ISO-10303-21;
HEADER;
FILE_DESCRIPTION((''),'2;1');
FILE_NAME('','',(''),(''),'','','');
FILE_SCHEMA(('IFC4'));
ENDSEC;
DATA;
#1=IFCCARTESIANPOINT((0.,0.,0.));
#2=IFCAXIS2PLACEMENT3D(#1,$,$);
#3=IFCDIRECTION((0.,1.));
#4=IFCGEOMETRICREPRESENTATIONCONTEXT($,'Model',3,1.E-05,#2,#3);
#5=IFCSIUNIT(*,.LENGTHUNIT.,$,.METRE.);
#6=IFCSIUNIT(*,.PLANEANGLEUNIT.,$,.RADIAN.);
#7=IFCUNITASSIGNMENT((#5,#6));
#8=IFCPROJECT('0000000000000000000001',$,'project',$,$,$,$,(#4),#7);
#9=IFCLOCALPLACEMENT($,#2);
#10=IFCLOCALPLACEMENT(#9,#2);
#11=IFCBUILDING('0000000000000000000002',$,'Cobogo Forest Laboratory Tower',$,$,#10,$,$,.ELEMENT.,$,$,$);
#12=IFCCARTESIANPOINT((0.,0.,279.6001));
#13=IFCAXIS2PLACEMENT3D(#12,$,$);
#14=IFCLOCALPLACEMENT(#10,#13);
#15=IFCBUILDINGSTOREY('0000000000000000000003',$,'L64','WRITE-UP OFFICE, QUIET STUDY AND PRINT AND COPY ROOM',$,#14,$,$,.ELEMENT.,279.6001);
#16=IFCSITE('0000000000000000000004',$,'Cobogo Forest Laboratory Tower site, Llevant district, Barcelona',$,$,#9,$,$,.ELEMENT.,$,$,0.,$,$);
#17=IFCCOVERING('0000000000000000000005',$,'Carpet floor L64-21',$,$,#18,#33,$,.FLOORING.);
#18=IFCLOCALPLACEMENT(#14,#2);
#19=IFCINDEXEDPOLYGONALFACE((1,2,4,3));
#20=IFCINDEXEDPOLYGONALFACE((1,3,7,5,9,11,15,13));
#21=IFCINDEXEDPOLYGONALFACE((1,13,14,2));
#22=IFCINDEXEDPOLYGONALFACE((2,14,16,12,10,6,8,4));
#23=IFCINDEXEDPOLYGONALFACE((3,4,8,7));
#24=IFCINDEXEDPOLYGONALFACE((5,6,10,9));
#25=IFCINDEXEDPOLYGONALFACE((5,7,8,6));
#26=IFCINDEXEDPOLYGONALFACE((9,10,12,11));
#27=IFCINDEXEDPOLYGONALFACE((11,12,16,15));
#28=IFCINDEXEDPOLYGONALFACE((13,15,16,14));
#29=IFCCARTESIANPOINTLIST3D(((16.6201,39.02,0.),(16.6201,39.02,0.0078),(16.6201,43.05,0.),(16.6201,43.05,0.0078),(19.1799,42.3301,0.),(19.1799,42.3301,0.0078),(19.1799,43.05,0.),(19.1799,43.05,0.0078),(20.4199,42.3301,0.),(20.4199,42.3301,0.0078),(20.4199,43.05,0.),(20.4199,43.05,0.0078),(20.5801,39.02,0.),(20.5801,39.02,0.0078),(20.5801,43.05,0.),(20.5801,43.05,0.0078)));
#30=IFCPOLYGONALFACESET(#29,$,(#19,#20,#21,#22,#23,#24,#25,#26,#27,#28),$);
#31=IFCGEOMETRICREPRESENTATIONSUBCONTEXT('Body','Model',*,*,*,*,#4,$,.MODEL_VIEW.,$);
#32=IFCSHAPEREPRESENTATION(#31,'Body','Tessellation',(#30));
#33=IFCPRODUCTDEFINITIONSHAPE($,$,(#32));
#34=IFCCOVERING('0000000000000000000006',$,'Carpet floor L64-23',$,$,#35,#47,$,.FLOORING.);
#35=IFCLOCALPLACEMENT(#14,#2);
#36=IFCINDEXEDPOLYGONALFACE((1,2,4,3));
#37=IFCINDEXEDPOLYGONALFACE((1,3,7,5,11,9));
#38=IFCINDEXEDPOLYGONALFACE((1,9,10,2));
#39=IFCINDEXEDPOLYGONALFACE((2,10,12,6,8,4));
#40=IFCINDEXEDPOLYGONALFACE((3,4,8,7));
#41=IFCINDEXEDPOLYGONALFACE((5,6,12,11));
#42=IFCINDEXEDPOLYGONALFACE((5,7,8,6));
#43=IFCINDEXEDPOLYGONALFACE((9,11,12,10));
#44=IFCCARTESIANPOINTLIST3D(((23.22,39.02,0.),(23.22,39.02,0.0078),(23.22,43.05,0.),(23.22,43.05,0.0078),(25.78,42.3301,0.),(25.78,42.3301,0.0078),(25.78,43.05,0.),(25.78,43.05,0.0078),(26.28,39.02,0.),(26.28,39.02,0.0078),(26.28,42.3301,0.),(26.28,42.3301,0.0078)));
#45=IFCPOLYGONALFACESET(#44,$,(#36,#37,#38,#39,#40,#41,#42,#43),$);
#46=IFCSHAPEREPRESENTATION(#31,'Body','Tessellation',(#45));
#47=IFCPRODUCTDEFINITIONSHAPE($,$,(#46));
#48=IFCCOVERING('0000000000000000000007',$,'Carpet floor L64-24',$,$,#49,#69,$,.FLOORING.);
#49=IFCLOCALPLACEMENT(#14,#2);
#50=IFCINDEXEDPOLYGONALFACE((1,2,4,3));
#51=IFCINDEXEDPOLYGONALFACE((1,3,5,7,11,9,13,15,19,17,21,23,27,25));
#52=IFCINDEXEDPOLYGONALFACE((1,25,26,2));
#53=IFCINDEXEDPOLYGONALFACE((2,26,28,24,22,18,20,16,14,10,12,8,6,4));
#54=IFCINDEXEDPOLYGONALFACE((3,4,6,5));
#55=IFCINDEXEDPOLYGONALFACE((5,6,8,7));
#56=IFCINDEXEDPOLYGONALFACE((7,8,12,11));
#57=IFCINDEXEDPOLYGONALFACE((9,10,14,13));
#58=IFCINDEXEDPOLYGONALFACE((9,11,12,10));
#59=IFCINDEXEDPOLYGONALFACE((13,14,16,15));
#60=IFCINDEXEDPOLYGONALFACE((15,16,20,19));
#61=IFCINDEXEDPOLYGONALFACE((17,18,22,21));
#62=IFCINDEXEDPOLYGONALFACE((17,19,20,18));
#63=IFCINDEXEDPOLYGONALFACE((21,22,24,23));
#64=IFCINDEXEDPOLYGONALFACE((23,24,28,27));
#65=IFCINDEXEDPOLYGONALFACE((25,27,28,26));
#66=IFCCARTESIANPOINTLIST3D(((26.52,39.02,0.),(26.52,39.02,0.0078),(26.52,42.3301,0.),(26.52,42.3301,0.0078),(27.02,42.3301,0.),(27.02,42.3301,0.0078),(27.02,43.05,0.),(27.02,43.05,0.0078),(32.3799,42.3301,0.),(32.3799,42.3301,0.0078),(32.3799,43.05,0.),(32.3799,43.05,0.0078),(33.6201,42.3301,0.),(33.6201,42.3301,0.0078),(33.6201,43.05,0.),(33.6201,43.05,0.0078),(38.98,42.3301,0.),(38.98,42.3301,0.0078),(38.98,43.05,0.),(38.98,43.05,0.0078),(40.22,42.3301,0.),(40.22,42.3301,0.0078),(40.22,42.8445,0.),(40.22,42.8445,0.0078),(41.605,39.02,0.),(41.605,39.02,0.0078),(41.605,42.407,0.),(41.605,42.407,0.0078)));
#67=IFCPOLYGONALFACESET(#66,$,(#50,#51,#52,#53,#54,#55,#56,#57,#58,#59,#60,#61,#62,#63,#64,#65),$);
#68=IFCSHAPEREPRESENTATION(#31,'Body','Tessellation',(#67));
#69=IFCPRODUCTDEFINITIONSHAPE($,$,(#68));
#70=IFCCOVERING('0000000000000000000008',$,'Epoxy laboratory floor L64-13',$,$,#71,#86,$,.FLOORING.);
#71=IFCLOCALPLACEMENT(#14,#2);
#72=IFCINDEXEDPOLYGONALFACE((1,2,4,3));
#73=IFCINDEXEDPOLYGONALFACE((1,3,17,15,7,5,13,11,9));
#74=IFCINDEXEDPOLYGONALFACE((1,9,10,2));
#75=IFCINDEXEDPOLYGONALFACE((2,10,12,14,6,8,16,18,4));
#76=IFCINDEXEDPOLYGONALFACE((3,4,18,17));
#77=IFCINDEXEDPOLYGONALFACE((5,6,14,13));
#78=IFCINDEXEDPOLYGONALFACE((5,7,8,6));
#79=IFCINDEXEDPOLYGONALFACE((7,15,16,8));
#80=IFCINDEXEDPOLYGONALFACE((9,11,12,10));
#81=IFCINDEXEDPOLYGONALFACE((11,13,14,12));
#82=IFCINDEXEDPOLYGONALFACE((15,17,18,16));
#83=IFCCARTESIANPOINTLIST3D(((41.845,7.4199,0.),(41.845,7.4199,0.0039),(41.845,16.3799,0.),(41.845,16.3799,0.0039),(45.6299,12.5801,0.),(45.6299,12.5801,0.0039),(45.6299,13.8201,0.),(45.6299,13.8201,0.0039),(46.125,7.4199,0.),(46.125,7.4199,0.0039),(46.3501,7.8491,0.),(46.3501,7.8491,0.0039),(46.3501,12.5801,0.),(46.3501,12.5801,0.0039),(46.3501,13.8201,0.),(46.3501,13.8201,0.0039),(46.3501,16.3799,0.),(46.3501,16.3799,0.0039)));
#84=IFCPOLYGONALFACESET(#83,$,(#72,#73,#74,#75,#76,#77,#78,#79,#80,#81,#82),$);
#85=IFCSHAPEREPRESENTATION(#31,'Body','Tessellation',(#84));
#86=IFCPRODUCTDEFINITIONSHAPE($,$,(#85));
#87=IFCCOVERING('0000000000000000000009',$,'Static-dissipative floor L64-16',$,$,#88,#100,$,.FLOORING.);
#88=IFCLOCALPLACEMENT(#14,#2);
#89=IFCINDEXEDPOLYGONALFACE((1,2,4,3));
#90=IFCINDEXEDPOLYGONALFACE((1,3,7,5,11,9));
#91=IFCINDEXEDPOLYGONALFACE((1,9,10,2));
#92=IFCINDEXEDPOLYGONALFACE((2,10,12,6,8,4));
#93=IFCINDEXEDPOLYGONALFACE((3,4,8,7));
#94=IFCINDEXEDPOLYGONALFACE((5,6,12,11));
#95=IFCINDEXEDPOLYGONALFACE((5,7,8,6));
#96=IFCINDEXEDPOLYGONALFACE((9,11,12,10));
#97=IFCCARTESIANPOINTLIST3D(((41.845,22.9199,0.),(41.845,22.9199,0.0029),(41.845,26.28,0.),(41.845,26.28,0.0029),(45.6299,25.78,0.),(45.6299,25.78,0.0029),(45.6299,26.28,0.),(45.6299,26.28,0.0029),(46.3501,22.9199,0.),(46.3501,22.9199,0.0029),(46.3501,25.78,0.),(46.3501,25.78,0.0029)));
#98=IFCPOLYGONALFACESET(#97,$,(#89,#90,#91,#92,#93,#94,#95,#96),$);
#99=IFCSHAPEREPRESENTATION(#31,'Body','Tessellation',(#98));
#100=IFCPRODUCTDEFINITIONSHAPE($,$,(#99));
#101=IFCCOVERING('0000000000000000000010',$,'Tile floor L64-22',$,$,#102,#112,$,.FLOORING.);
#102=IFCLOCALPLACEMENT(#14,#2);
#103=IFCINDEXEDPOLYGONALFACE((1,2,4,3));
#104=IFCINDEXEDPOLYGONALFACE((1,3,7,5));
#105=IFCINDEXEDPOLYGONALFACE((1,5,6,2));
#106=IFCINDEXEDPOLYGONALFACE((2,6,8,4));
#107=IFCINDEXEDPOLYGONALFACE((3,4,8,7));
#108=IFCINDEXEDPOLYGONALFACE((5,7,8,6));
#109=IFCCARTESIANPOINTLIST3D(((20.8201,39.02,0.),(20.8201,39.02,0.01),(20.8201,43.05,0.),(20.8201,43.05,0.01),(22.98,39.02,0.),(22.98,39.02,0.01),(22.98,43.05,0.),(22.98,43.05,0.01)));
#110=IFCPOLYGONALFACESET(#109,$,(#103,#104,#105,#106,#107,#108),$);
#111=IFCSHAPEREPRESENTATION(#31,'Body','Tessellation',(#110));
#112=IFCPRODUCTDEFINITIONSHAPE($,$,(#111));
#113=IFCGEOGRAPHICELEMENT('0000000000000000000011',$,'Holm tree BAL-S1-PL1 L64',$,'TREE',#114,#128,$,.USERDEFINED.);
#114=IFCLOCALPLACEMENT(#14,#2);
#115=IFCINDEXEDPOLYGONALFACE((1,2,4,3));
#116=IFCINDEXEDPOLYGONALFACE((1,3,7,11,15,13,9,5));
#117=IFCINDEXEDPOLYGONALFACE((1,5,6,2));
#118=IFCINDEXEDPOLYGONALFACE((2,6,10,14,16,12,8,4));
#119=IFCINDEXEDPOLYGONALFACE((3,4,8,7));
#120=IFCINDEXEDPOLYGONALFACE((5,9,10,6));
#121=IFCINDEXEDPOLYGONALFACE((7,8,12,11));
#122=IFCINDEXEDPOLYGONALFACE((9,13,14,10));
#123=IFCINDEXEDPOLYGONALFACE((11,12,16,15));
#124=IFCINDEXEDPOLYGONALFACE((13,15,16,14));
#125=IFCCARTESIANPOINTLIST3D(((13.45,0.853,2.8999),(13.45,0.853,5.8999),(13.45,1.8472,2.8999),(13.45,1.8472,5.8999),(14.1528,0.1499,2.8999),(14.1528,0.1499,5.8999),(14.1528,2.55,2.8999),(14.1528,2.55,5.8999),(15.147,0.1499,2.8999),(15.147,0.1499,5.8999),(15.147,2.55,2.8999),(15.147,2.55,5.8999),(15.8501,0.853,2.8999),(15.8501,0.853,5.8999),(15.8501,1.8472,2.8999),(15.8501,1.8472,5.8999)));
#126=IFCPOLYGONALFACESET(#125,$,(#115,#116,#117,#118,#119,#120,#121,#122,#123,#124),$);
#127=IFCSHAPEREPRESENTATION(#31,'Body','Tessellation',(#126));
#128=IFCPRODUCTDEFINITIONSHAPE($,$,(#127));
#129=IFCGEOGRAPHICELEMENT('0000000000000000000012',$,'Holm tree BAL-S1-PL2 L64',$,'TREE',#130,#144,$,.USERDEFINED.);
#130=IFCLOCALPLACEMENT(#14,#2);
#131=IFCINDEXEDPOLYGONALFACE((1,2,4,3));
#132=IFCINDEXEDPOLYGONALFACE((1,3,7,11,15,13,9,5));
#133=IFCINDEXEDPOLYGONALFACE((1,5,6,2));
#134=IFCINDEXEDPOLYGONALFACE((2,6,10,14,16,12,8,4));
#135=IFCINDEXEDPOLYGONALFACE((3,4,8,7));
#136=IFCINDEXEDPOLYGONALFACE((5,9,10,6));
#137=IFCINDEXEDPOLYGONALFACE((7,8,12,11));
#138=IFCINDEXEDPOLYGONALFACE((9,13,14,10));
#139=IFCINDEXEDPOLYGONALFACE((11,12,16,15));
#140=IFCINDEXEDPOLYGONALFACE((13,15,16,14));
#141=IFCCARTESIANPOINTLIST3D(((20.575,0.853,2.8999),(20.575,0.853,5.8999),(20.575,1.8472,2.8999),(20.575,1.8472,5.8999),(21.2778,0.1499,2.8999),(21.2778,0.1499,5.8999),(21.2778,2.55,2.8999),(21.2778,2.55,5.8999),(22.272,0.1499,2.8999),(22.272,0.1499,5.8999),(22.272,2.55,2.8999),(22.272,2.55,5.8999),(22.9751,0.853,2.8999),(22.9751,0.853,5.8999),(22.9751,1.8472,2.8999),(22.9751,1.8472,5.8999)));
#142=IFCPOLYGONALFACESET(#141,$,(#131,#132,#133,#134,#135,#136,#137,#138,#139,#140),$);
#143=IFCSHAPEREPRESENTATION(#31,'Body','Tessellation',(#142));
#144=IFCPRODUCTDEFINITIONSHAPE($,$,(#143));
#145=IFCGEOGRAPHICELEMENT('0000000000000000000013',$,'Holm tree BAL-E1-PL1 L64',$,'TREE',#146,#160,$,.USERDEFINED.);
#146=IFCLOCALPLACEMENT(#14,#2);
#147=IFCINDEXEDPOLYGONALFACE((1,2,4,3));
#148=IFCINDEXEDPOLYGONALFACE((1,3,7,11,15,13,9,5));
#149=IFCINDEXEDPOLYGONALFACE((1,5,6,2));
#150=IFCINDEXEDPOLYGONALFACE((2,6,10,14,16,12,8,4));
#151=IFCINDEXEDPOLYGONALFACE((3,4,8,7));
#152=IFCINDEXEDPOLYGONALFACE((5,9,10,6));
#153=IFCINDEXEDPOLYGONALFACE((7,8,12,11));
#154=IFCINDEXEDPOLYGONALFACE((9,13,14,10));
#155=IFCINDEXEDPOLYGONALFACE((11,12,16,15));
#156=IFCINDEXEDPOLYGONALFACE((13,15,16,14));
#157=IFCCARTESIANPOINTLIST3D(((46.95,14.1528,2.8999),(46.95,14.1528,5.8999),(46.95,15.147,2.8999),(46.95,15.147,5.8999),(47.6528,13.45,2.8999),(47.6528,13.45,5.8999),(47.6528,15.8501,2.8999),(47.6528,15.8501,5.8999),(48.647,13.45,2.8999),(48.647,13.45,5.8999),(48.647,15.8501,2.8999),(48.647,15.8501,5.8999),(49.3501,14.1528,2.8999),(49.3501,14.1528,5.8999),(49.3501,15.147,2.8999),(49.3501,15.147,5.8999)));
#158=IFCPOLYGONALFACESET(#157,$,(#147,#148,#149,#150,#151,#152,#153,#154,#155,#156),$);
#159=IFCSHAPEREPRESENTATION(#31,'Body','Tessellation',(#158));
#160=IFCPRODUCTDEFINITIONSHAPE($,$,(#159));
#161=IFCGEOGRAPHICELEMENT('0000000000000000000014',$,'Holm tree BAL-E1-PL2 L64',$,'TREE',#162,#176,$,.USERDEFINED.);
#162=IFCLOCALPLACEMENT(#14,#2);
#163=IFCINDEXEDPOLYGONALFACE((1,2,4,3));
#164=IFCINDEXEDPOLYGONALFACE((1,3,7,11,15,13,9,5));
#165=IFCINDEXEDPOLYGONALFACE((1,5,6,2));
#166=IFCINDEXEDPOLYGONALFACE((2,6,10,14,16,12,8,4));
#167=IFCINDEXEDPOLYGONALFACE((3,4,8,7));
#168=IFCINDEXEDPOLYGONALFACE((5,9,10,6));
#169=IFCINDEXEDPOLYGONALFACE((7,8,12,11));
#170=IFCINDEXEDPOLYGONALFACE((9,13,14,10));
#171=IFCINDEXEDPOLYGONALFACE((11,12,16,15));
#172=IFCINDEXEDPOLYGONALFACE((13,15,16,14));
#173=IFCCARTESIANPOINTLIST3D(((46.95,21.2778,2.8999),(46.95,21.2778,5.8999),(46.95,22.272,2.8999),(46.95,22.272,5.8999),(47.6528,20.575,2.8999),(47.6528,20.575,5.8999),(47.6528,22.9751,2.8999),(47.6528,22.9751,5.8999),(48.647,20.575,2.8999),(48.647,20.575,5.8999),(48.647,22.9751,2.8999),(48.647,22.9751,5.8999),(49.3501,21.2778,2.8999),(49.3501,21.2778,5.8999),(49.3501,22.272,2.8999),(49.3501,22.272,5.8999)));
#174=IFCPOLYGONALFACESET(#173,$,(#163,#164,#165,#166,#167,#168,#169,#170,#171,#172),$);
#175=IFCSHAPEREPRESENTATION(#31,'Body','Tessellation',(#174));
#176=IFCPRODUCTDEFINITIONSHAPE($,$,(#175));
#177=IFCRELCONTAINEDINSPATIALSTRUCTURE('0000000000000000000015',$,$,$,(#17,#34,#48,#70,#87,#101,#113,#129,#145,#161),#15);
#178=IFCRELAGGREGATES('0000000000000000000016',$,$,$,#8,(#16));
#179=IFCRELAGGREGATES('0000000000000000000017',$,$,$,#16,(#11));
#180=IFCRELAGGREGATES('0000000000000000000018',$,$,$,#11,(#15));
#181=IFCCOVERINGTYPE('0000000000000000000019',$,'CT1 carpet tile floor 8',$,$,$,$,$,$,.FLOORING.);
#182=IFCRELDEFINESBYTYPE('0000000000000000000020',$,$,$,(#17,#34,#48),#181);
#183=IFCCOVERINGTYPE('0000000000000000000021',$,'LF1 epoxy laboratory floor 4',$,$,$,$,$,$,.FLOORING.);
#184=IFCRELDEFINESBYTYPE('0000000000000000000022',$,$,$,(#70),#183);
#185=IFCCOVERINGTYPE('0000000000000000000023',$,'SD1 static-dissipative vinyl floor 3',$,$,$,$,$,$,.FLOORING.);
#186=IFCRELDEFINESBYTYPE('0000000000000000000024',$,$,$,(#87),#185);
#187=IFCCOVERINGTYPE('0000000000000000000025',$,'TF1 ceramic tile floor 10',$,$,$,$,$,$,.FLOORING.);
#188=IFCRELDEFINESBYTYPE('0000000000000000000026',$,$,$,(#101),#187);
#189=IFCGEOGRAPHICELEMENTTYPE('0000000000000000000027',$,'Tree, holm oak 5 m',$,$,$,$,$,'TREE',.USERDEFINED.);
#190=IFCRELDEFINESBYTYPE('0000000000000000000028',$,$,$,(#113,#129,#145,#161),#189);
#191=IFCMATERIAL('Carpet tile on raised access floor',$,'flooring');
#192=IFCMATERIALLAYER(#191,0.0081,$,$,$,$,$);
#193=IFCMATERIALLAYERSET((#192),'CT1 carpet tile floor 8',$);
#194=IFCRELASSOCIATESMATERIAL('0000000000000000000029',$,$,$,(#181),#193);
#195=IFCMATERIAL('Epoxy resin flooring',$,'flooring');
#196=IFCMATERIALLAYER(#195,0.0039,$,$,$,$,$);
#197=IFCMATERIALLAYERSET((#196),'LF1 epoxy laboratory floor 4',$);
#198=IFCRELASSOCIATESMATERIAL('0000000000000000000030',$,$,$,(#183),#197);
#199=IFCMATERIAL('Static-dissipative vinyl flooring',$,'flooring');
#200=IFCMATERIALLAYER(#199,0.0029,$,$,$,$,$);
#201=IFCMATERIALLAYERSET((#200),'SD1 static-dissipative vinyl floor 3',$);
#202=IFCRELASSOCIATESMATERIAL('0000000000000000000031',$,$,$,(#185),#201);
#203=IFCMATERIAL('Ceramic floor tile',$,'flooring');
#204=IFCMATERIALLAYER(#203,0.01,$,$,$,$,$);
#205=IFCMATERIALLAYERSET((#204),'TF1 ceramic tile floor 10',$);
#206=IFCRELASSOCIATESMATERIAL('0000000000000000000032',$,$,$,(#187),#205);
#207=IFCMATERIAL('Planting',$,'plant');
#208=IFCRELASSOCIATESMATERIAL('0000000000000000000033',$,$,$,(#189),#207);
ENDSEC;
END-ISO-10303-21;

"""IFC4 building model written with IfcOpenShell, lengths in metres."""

from ifc_helpers import new_model, si_unit, direction, frame, origin, place, context, subcontext, project, spatial, polyline, outline, extrude, material, layer, layer_set, type_object, element, save


model = new_model("IFC4")

# Units and contexts
model_context = context("Model", 3, precision=1e-05, world=origin(), true_north=direction((0.0, 1.0)))
body_context = subcontext(model_context, "Body", "Model", "MODEL_VIEW")
ifc_project = project(units=[si_unit("LENGTHUNIT", "METRE"), si_unit("PLANEANGLEUNIT", "RADIAN")], contexts=[model_context])

# Site, building, storey
site_placement = place(None, origin())
site = spatial("IfcSite", under=ifc_project, at=site_placement, Name="Cobogo Forest Laboratory Tower site, Llevant district, Barcelona", CompositionType="ELEMENT", RefElevation=0.0)
building_placement = place(site_placement, origin())
building = spatial("IfcBuilding", under=site, at=building_placement, Name="Cobogo Forest Laboratory Tower", CompositionType="ELEMENT")
storey_placement = place(building_placement, frame((0.0, 0.0, 279.6001)))
storey = spatial("IfcBuildingStorey", under=building, at=storey_placement, Name="L64", Description="WRITE-UP OFFICE, QUIET STUDY AND PRINT AND COPY ROOM", CompositionType="ELEMENT", Elevation=279.6001)

# Coverings
ifc_material_1 = material(Name="Carpet tile on raised access floor", Category="flooring")
ifc_layer_1 = layer(ifc_material_1, 0.0081)
ifc_layer_set_1 = layer_set([ifc_layer_1], Name="CT1 carpet tile floor 8")
covering_type_1 = type_object("IfcCoveringType", Name="CT1 carpet tile floor 8", PredefinedType="FLOORING", material=ifc_layer_set_1)
covering_1_placement = place(storey_placement, origin())
element("IfcCovering", 1, at=covering_1_placement, inside=storey, type_object=covering_type_1, Name="Carpet floor L64-21", PredefinedType="FLOORING", context=body_context, shape_type="SweptSolid", body=[
    extrude(outline(polyline([(16.6201, 39.02), (16.6201, 43.05), (19.1799, 43.05), (19.1799, 42.3301), (20.4199, 42.3301), (20.4199, 43.05), (20.5801, 43.05), (20.5801, 39.02), (16.6201, 39.02)])), origin(), (0.0, 0.0, 1.0), 0.0078),
])
covering_2_placement = place(storey_placement, origin())
element("IfcCovering", 2, at=covering_2_placement, inside=storey, type_object=covering_type_1, Name="Carpet floor L64-23", PredefinedType="FLOORING", context=body_context, shape_type="SweptSolid", body=[
    extrude(outline(polyline([(23.22, 39.02), (23.22, 43.05), (25.78, 43.05), (25.78, 42.3301), (26.28, 42.3301), (26.28, 39.02), (23.22, 39.02)])), origin(), (0.0, 0.0, 1.0), 0.0078),
])
covering_3_placement = place(storey_placement, origin())
element("IfcCovering", 3, at=covering_3_placement, inside=storey, type_object=covering_type_1, Name="Carpet floor L64-24", PredefinedType="FLOORING", context=body_context, shape_type="SweptSolid", body=[
    extrude(outline(polyline([(26.52, 39.02), (26.52, 42.3301), (27.02, 42.3301), (27.02, 43.05), (32.3799, 43.05), (32.3799, 42.3301), (33.6201, 42.3301), (33.6201, 43.05), (38.98, 43.05), (38.98, 42.3301), (40.22, 42.3301), (40.22, 42.8445), (41.605, 42.407), (41.605, 39.02), (26.52, 39.02)])), origin(), (0.0, 0.0, 1.0), 0.0078),
])
ifc_material_2 = material(Name="Epoxy resin flooring", Category="flooring")
ifc_layer_2 = layer(ifc_material_2, 0.0039)
ifc_layer_set_2 = layer_set([ifc_layer_2], Name="LF1 epoxy laboratory floor 4")
covering_type_2 = type_object("IfcCoveringType", Name="LF1 epoxy laboratory floor 4", PredefinedType="FLOORING", material=ifc_layer_set_2)
covering_4_placement = place(storey_placement, origin())
element("IfcCovering", 4, at=covering_4_placement, inside=storey, type_object=covering_type_2, Name="Epoxy laboratory floor L64-13", PredefinedType="FLOORING", context=body_context, shape_type="SweptSolid", body=[
    extrude(outline(polyline([(41.845, 16.3799), (46.3501, 16.3799), (46.3501, 13.8201), (45.6299, 13.8201), (45.6299, 12.5801), (46.3501, 12.5801), (46.3501, 7.8491), (46.125, 7.4199), (41.845, 7.4199), (41.845, 16.3799)])), origin(), (0.0, 0.0, 1.0), 0.0039),
])
ifc_material_3 = material(Name="Static-dissipative vinyl flooring", Category="flooring")
ifc_layer_3 = layer(ifc_material_3, 0.0029)
ifc_layer_set_3 = layer_set([ifc_layer_3], Name="SD1 static-dissipative vinyl floor 3")
covering_type_3 = type_object("IfcCoveringType", Name="SD1 static-dissipative vinyl floor 3", PredefinedType="FLOORING", material=ifc_layer_set_3)
covering_5_placement = place(storey_placement, origin())
element("IfcCovering", 5, at=covering_5_placement, inside=storey, type_object=covering_type_3, Name="Static-dissipative floor L64-16", PredefinedType="FLOORING", context=body_context, shape_type="SweptSolid", body=[
    extrude(outline(polyline([(41.845, 26.28), (45.6299, 26.28), (45.6299, 25.78), (46.3501, 25.78), (46.3501, 22.9199), (41.845, 22.9199), (41.845, 26.28)])), origin(), (0.0, 0.0, 1.0), 0.0029),
])
ifc_material_4 = material(Name="Ceramic floor tile", Category="flooring")
ifc_layer_4 = layer(ifc_material_4, 0.01)
ifc_layer_set_4 = layer_set([ifc_layer_4], Name="TF1 ceramic tile floor 10")
covering_type_4 = type_object("IfcCoveringType", Name="TF1 ceramic tile floor 10", PredefinedType="FLOORING", material=ifc_layer_set_4)
covering_6_placement = place(storey_placement, origin())
element("IfcCovering", 6, at=covering_6_placement, inside=storey, type_object=covering_type_4, Name="Tile floor L64-22", PredefinedType="FLOORING", context=body_context, shape_type="SweptSolid", body=[
    extrude(outline(polyline([(22.98, 39.02), (20.8201, 39.02), (20.8201, 43.05), (22.98, 43.05), (22.98, 39.02)])), origin(), (0.0, 0.0, 1.0), 0.01),
])

# Geographic elements
ifc_material_5 = material(Name="Planting", Category="plant")
geographic_element_type = type_object("IfcGeographicElementType", Name="Tree, holm oak 5 m", ElementType="TREE", PredefinedType="USERDEFINED", material=ifc_material_5)
geographic_element_1_placement = place(storey_placement, frame((0.0, 0.0, 2.8999)))
element("IfcGeographicElement", 7, at=geographic_element_1_placement, inside=storey, type_object=geographic_element_type, Name="Holm tree BAL-S1-PL1 L64", ObjectType="TREE", PredefinedType="USERDEFINED", context=body_context, shape_type="SweptSolid", body=[
    extrude(outline(polyline([(15.8501, 0.853), (15.8501, 1.8472), (15.147, 2.55), (14.1528, 2.55), (13.45, 1.8472), (13.45, 0.853), (14.1528, 0.1499), (15.147, 0.1499), (15.8501, 0.853)])), origin(), (0.0, 0.0, 1.0), 3.0),
])
geographic_element_2_placement = place(storey_placement, frame((0.0, 0.0, 2.8999)))
element("IfcGeographicElement", 8, at=geographic_element_2_placement, inside=storey, type_object=geographic_element_type, Name="Holm tree BAL-S1-PL2 L64", ObjectType="TREE", PredefinedType="USERDEFINED", context=body_context, shape_type="SweptSolid", body=[
    extrude(outline(polyline([(22.9751, 0.853), (22.9751, 1.8472), (22.272, 2.55), (21.2778, 2.55), (20.575, 1.8472), (20.575, 0.853), (21.2778, 0.1499), (22.272, 0.1499), (22.9751, 0.853)])), origin(), (0.0, 0.0, 1.0), 3.0),
])
geographic_element_3_placement = place(storey_placement, frame((0.0, 0.0, 2.8999)))
element("IfcGeographicElement", 9, at=geographic_element_3_placement, inside=storey, type_object=geographic_element_type, Name="Holm tree BAL-E1-PL1 L64", ObjectType="TREE", PredefinedType="USERDEFINED", context=body_context, shape_type="SweptSolid", body=[
    extrude(outline(polyline([(49.3501, 14.1528), (49.3501, 15.147), (48.647, 15.8501), (47.6528, 15.8501), (46.95, 15.147), (46.95, 14.1528), (47.6528, 13.45), (48.647, 13.45), (49.3501, 14.1528)])), origin(), (0.0, 0.0, 1.0), 3.0),
])
geographic_element_4_placement = place(storey_placement, frame((0.0, 0.0, 2.8999)))
element("IfcGeographicElement", 10, at=geographic_element_4_placement, inside=storey, type_object=geographic_element_type, Name="Holm tree BAL-E1-PL2 L64", ObjectType="TREE", PredefinedType="USERDEFINED", context=body_context, shape_type="SweptSolid", body=[
    extrude(outline(polyline([(49.3501, 21.2778), (49.3501, 22.272), (48.647, 22.9751), (47.6528, 22.9751), (46.95, 22.272), (46.95, 21.2778), (47.6528, 20.575), (48.647, 20.575), (49.3501, 21.2778)])), origin(), (0.0, 0.0, 1.0), 3.0),
])

save(model, "model.ifc")
